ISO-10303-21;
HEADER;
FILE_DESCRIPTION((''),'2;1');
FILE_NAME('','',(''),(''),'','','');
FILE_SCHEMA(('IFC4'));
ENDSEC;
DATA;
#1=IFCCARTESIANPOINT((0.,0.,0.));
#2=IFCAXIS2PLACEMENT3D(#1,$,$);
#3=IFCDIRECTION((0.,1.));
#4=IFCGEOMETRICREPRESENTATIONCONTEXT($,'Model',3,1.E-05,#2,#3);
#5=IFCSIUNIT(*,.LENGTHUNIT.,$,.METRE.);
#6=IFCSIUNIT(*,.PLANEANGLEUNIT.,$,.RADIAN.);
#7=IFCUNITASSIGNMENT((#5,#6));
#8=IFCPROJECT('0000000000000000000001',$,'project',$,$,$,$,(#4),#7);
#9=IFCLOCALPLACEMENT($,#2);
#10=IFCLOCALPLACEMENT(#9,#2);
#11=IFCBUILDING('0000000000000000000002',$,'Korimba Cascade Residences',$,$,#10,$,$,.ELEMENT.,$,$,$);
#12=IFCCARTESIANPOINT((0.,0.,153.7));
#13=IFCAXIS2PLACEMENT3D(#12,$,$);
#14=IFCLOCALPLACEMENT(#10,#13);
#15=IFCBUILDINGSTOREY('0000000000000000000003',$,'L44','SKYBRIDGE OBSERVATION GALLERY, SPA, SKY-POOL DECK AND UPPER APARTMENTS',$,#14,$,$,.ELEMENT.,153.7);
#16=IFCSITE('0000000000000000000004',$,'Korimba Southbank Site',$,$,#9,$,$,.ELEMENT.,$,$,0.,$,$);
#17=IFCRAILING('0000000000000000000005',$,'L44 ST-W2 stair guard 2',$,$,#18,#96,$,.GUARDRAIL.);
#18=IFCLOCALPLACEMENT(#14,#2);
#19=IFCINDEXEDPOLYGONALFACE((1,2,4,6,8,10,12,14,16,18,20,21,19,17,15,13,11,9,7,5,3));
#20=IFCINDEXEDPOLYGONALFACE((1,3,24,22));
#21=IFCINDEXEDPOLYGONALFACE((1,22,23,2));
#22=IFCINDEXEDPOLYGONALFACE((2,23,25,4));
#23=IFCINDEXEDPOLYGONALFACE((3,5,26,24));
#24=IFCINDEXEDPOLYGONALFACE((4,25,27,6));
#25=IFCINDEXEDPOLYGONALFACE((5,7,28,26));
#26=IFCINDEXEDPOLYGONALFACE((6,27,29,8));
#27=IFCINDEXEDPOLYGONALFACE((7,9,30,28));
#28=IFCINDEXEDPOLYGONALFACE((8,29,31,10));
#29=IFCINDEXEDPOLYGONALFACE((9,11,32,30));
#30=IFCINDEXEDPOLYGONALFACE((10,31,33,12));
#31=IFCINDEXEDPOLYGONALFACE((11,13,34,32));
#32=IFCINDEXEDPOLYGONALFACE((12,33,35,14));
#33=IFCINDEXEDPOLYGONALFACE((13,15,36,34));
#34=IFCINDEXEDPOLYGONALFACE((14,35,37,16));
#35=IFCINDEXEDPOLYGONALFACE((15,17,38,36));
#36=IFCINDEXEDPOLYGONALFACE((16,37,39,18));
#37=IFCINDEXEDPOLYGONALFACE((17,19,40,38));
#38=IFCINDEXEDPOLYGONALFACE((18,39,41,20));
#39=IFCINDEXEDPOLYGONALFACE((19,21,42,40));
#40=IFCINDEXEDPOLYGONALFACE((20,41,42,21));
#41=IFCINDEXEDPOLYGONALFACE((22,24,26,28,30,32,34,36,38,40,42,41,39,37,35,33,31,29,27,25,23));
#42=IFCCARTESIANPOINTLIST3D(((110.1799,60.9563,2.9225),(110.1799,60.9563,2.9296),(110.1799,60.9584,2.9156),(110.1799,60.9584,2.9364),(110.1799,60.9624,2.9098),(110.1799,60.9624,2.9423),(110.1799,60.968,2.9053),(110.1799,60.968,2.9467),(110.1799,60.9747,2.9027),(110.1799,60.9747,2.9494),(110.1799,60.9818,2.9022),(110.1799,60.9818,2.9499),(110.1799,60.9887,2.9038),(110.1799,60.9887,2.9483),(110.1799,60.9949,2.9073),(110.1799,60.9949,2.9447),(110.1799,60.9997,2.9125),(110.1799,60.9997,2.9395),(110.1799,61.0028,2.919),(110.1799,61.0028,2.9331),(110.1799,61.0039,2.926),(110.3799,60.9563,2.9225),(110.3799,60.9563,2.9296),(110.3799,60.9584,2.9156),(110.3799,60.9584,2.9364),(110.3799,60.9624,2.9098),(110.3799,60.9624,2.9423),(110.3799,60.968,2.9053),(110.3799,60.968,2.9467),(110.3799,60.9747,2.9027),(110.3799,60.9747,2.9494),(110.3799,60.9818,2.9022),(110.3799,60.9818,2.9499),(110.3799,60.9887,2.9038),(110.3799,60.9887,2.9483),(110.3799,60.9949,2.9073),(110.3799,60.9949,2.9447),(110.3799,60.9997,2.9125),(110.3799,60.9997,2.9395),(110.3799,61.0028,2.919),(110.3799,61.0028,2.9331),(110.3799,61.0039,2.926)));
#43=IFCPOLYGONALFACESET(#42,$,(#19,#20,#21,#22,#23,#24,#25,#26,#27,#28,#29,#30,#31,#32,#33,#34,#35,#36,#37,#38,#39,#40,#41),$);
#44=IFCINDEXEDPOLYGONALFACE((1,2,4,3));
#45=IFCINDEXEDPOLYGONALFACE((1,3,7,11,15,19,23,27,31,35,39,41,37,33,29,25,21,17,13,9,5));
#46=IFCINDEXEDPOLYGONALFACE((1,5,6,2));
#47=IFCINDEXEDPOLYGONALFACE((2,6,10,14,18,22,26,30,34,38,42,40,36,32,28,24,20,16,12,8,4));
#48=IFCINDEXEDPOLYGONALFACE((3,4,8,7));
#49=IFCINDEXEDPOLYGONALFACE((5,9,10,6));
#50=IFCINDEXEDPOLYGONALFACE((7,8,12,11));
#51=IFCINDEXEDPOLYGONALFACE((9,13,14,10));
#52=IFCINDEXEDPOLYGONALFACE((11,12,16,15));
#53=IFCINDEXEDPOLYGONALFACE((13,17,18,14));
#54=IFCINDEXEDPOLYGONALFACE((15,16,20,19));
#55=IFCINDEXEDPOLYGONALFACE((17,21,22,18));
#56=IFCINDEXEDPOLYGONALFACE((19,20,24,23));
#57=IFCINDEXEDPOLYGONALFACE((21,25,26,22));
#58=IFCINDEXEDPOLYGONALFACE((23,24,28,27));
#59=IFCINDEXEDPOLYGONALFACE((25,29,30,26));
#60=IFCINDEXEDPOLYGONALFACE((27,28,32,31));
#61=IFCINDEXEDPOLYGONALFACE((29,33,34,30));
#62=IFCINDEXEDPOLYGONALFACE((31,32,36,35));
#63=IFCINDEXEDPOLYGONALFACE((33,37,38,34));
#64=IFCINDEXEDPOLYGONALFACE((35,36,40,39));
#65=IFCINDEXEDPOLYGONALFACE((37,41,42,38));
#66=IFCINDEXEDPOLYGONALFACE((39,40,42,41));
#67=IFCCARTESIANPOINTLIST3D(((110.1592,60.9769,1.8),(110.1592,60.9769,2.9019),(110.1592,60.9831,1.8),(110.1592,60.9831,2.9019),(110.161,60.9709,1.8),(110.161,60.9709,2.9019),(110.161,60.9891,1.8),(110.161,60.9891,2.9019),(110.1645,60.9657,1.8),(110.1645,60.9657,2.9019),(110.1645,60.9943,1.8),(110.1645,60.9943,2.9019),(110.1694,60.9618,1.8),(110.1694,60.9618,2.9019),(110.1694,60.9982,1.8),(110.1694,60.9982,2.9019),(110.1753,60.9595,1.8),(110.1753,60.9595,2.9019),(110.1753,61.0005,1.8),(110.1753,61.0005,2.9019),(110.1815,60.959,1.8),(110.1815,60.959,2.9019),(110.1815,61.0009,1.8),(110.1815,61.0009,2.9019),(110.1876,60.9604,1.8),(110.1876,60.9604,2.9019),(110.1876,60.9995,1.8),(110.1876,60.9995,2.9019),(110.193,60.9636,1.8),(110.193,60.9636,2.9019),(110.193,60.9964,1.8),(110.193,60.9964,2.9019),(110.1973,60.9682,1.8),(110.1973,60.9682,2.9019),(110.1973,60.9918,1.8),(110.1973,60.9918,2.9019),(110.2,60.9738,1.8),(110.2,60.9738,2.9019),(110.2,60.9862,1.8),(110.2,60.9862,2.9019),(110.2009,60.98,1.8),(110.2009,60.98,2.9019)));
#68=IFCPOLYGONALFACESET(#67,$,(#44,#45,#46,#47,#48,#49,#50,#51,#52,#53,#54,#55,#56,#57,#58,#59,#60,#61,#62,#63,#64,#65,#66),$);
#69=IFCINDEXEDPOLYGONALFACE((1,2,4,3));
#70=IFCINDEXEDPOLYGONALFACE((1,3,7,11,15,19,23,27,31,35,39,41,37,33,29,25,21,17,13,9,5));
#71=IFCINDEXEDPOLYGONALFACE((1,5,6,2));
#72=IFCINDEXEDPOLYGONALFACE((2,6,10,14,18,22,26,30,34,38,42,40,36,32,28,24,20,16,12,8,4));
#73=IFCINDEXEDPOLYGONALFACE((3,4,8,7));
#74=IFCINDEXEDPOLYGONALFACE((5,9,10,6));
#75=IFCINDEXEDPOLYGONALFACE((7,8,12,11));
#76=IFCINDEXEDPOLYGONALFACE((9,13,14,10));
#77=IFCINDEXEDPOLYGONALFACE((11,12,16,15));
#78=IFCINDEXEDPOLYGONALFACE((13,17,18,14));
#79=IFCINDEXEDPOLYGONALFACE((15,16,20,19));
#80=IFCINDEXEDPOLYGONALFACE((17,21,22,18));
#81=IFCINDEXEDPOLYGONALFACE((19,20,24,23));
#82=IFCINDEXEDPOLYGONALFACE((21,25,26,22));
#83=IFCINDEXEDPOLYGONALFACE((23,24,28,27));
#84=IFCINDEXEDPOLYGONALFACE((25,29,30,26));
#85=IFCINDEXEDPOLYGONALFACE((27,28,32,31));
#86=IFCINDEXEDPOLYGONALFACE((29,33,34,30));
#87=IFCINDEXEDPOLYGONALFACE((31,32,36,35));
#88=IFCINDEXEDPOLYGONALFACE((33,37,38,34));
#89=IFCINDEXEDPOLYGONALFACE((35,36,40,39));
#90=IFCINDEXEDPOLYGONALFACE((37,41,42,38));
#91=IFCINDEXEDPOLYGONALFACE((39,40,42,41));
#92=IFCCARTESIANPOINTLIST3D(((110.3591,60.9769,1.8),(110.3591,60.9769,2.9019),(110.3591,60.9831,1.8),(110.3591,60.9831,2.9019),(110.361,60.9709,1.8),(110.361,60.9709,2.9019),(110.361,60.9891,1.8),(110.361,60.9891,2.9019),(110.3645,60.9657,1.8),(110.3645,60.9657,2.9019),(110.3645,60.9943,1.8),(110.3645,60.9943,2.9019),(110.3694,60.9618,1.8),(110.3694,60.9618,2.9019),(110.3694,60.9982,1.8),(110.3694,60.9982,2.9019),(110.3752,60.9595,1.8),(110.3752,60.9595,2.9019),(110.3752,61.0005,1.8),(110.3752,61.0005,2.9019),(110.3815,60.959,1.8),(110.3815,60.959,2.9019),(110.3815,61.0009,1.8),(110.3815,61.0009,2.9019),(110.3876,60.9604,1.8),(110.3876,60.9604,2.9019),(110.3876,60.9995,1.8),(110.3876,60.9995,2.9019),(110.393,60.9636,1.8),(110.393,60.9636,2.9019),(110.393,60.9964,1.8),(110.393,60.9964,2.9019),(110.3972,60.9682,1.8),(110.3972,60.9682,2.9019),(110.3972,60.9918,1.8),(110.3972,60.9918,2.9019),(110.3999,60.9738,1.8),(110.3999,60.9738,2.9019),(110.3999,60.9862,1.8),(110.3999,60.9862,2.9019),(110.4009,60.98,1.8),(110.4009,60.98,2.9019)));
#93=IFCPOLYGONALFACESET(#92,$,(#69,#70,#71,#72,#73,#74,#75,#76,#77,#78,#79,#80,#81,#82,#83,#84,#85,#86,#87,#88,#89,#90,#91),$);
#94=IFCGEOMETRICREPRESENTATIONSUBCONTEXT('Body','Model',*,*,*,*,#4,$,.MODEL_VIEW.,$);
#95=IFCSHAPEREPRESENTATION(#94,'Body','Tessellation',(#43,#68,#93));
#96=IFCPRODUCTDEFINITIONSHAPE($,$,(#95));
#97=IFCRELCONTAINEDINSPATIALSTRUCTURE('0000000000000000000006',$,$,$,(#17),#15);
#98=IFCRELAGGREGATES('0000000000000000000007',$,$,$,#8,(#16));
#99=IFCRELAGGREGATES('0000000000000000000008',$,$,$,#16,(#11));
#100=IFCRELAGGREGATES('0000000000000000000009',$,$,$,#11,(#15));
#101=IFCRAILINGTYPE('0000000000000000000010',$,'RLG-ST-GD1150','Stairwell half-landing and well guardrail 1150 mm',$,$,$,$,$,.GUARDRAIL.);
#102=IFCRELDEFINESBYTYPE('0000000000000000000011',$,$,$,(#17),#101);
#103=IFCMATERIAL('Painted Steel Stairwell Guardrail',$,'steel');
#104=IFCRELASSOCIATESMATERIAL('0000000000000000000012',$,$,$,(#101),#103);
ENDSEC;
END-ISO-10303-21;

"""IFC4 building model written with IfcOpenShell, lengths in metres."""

from ifc_helpers import new_model, si_unit, direction, frame, origin, origin_2d, place, context, subcontext, project, spatial, circle, extrude, material, type_object, element, save


model = new_model("IFC4")

# Units and contexts
model_context = context("Model", 3, precision=1e-05, world=origin(), true_north=direction((0.0, 1.0)))
body_context = subcontext(model_context, "Body", "Model", "MODEL_VIEW")
ifc_project = project(units=[si_unit("LENGTHUNIT", "METRE"), si_unit("PLANEANGLEUNIT", "RADIAN")], contexts=[model_context])

# Site, building, storey
site_placement = place(None, origin())
site = spatial("IfcSite", under=ifc_project, at=site_placement, Name="Korimba Southbank Site", CompositionType="ELEMENT", RefElevation=0.0)
building_placement = place(site_placement, origin())
building = spatial("IfcBuilding", under=site, at=building_placement, Name="Korimba Cascade Residences", CompositionType="ELEMENT")
storey_placement = place(building_placement, frame((0.0, 0.0, 153.7)))
storey = spatial("IfcBuildingStorey", under=building, at=storey_placement, Name="L44", Description="SKYBRIDGE OBSERVATION GALLERY, SPA, SKY-POOL DECK AND UPPER APARTMENTS", CompositionType="ELEMENT", Elevation=153.7)

# Railing
ifc_material_1 = material(Name="Painted Steel Stairwell Guardrail", Category="steel")
railing_type_1 = type_object("IfcRailingType", Name="RLG-ST-GD1150", Description="Stairwell half-landing and well guardrail 1150 mm", PredefinedType="GUARDRAIL", material=ifc_material_1)
railing_1_placement = place(storey_placement, frame((110.1799, 60.98, 1.8)))
element("IfcRailing", 1, at=railing_1_placement, inside=storey, type_object=railing_type_1, Name="L44 ST-W2 stair guard 2", PredefinedType="GUARDRAIL", context=body_context, shape_type="SweptSolid", body=[
    extrude(circle(Radius=0.0239, at=origin_2d()), frame((0.0, 0.0, 1.126), z_axis=(1.0, 0.0, 0.0), x_axis=(0.0, 1.0, 0.0)), (0.0, 0.0, 1.0), 0.2),
    extrude(circle(Radius=0.021, at=origin_2d()), origin(), (0.0, 0.0, 1.0), 1.1018),
    extrude(circle(Radius=0.021, at=origin_2d()), frame((0.2, 0.0, 0.0)), (0.0, 0.0, 1.0), 1.1018),
])

save(model, "model.ifc")
